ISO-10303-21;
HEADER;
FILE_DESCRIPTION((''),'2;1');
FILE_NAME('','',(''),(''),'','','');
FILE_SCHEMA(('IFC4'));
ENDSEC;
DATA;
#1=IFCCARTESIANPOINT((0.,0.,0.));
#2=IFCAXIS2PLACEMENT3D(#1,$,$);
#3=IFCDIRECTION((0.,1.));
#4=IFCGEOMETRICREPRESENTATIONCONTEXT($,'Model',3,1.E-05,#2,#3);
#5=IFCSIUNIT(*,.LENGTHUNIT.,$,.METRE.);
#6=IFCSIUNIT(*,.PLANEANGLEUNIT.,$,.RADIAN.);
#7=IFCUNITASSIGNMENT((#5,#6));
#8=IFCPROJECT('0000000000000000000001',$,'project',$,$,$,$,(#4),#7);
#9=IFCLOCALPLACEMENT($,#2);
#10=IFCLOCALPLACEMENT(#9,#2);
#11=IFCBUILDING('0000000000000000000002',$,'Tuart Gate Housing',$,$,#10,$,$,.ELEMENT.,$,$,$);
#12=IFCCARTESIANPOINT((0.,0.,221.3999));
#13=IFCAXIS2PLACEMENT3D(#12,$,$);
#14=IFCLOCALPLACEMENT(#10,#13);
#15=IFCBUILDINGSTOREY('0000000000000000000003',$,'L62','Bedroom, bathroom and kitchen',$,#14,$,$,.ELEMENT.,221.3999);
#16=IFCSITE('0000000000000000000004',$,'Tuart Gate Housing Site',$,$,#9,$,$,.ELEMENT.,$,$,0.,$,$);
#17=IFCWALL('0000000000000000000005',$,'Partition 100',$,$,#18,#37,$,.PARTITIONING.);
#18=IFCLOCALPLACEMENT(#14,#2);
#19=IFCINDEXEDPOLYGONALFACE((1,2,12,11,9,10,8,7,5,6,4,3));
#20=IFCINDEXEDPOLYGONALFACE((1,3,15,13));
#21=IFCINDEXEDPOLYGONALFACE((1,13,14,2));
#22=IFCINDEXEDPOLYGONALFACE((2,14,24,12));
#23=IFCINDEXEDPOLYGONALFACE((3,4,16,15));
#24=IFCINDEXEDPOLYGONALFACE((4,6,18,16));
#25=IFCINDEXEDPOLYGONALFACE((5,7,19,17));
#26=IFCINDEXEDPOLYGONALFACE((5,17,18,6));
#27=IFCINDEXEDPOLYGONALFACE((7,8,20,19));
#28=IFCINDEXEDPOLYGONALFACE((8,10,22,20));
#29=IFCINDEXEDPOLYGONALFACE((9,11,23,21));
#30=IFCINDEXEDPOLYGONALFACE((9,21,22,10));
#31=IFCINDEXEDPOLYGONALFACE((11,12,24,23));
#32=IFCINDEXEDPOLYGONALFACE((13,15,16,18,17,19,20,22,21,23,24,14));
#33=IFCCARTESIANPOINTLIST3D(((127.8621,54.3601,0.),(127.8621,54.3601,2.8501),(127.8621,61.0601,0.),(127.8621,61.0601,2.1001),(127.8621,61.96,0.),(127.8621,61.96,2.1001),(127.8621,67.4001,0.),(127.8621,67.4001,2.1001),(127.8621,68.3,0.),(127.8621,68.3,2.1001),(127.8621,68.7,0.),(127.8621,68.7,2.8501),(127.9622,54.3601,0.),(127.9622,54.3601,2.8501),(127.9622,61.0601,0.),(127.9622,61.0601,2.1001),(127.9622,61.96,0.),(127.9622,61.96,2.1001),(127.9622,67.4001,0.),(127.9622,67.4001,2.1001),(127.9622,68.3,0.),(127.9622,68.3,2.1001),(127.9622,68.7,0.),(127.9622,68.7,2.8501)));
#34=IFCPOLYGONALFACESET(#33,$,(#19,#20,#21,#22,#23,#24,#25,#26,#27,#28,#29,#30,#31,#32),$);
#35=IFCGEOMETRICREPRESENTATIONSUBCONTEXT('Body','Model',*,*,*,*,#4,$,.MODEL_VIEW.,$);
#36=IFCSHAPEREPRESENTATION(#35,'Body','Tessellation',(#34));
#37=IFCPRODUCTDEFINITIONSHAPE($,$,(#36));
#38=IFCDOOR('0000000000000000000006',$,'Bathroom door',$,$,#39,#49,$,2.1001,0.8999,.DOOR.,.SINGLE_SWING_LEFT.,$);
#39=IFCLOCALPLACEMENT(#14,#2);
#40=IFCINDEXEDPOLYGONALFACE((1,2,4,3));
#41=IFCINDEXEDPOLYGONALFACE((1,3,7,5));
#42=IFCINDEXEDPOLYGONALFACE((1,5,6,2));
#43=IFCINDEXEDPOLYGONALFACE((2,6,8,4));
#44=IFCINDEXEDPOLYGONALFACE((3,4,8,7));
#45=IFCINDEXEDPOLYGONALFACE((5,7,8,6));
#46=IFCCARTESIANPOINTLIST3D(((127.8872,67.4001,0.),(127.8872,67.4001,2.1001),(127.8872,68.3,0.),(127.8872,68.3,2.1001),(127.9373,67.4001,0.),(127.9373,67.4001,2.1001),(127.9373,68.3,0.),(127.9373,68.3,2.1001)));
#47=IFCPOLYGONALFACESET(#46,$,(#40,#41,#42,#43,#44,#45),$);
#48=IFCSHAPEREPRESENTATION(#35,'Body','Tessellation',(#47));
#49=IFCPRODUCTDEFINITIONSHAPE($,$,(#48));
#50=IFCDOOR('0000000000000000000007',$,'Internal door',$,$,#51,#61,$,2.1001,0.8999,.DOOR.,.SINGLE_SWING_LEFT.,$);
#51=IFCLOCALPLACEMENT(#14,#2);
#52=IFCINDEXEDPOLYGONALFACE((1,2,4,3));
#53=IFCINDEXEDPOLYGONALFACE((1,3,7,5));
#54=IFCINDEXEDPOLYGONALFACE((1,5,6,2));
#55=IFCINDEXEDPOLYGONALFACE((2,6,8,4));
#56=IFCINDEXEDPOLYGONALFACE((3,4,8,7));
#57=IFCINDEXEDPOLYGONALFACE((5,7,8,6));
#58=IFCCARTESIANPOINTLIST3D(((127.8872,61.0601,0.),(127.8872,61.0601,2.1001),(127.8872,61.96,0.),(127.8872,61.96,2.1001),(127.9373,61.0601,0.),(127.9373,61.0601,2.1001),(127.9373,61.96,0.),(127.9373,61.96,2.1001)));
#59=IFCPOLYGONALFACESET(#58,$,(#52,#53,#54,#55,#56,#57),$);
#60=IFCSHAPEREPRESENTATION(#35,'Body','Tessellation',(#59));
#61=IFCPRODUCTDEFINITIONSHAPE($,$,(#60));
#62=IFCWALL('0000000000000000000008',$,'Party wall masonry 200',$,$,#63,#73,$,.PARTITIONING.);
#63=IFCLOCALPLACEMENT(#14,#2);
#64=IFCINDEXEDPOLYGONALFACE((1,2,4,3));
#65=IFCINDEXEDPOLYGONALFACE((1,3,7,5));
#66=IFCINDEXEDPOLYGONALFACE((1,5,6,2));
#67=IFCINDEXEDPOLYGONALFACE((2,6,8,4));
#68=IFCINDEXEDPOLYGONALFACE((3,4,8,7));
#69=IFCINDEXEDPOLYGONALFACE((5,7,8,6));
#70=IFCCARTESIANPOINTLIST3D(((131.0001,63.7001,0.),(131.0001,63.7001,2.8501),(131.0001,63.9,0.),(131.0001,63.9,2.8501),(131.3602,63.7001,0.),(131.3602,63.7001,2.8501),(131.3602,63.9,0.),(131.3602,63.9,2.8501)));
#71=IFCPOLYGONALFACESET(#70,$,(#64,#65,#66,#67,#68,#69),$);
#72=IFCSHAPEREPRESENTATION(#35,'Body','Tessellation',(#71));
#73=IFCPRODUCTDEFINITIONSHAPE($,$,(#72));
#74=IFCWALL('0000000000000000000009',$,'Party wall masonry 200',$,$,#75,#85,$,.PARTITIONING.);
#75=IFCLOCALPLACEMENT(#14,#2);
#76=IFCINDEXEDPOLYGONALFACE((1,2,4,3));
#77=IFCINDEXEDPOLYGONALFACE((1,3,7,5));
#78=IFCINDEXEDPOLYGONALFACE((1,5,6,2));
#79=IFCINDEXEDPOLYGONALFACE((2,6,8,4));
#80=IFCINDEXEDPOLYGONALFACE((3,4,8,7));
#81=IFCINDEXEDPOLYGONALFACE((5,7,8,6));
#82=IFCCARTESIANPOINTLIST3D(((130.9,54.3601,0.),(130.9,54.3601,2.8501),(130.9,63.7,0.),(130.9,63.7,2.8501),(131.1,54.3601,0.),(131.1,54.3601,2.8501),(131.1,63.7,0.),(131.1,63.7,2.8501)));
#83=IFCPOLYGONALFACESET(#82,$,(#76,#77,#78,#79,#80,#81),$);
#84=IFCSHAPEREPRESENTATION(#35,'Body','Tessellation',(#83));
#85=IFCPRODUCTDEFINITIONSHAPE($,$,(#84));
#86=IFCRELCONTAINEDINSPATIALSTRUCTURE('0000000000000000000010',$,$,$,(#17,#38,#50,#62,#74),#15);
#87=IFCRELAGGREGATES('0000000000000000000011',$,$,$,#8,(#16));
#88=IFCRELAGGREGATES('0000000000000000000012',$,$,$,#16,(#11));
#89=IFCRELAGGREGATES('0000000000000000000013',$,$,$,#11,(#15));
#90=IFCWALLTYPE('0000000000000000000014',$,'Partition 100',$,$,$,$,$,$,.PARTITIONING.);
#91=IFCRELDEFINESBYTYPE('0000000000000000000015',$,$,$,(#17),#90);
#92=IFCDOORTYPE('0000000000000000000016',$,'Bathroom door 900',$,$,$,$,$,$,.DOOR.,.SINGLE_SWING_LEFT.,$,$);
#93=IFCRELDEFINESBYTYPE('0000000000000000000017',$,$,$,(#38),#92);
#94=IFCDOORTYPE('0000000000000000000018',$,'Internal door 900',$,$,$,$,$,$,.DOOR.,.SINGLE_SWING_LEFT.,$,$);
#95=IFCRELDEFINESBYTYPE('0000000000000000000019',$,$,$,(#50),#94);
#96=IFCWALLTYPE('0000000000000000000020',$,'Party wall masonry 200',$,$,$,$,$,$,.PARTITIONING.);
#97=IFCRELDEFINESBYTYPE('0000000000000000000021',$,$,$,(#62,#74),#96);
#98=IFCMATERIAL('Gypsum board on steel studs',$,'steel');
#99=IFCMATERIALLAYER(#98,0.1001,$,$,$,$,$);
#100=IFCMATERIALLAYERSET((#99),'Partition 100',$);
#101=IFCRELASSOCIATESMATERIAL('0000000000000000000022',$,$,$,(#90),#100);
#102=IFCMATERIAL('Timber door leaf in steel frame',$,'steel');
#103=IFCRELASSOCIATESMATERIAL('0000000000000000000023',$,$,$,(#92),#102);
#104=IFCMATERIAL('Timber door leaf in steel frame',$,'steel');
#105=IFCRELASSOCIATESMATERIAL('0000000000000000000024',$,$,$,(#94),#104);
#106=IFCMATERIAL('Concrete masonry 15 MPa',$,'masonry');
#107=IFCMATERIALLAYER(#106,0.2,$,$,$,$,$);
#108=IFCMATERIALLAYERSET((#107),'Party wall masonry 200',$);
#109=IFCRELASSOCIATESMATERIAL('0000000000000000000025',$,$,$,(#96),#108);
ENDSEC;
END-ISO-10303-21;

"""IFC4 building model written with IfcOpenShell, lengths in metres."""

from ifc_helpers import new_model, si_unit, direction, frame, frame_2d, origin, place, context, subcontext, project, spatial, rectangle, extrude, material, layer, layer_set, type_object, element, fill, save


model = new_model("IFC4")

# Units and contexts
model_context = context("Model", 3, precision=1e-05, world=origin(), true_north=direction((0.0, 1.0)))
body_context = subcontext(model_context, "Body", "Model", "MODEL_VIEW")
ifc_project = project(units=[si_unit("LENGTHUNIT", "METRE"), si_unit("PLANEANGLEUNIT", "RADIAN")], contexts=[model_context])

# Site, building, storey
site_placement = place(None, origin())
site = spatial("IfcSite", under=ifc_project, at=site_placement, Name="Tuart Gate Housing Site", CompositionType="ELEMENT", RefElevation=0.0)
building_placement = place(site_placement, origin())
building = spatial("IfcBuilding", under=site, at=building_placement, Name="Tuart Gate Housing", CompositionType="ELEMENT")
storey_placement = place(building_placement, frame((0.0, 0.0, 221.3999)))
storey = spatial("IfcBuildingStorey", under=building, at=storey_placement, Name="L62", Description="Bedroom, bathroom and kitchen", CompositionType="ELEMENT", Elevation=221.3999)

# Shared definitions
ifc_material_1 = material(Name="Gypsum board on steel studs", Category="steel")
ifc_layer_1 = layer(ifc_material_1, 0.1001)
ifc_layer_set_1 = layer_set([ifc_layer_1], Name="Partition 100")
wall_type_1 = type_object("IfcWallType", Name="Partition 100", PredefinedType="PARTITIONING", material=ifc_layer_set_1)

# Wall, openings, doors
wall_1_placement = place(storey_placement, frame((127.9121, 54.3601, 0.0), z_axis=(0.0, 0.0, 1.0), x_axis=(0.0, 1.0, 0.0)))
wall_1 = element("IfcWall", 1, at=wall_1_placement, inside=storey, type_object=wall_type_1, Name="Partition 100", PredefinedType="PARTITIONING", context=body_context, shape_type="SweptSolid", body=[
    extrude(rectangle(XDim=14.3398, YDim=0.1001, at=frame_2d((7.1699, 0.0))), origin(), (0.0, 0.0, 1.0), 2.8501),
])
opening_1_placement = place(wall_1_placement, frame((6.7, 0.0, 0.0)))
opening_1 = element("IfcOpeningElement", 2, at=opening_1_placement, cuts=wall_1, PredefinedType="OPENING", context=body_context, shape_type="SweptSolid", body=[
    extrude(rectangle(XDim=0.8999, YDim=2.1001, at=frame_2d((0.45, 1.05))), frame((0.0, 0.0601, 0.0), z_axis=(0.0, -1.0, 0.0), x_axis=(1.0, 0.0, 0.0)), (0.0, 0.0, 1.0), 0.1201),
])
opening_2_placement = place(wall_1_placement, frame((13.04, 0.0, 0.0)))
opening_2 = element("IfcOpeningElement", 3, at=opening_2_placement, cuts=wall_1, PredefinedType="OPENING", context=body_context, shape_type="SweptSolid", body=[
    extrude(rectangle(XDim=0.8999, YDim=2.1001, at=frame_2d((0.45, 1.05))), frame((0.0, 0.0601, 0.0), z_axis=(0.0, -1.0, 0.0), x_axis=(1.0, 0.0, 0.0)), (0.0, 0.0, 1.0), 0.1201),
])
ifc_material_2 = material(Name="Timber door leaf in steel frame", Category="steel")
door_type_1 = type_object("IfcDoorType", Name="Bathroom door 900", OperationType="SINGLE_SWING_LEFT", PredefinedType="DOOR", material=ifc_material_2)
door_1_placement = place(opening_2_placement, frame((0.8999, 0.0, 0.0), z_axis=(0.0, 0.0, 1.0), x_axis=(-1.0, 0.0, 0.0)))
door_1 = element("IfcDoor", 4, at=door_1_placement, inside=storey, type_object=door_type_1, Name="Bathroom door", OperationType="SINGLE_SWING_LEFT", OverallHeight=2.1001, OverallWidth=0.8999, PredefinedType="DOOR", context=body_context, shape_type="SweptSolid", body=[
    extrude(rectangle(XDim=0.8999, YDim=2.1001, at=frame_2d((0.45, 1.05))), frame((0.0, 0.0251, 0.0), z_axis=(0.0, -1.0, 0.0), x_axis=(1.0, 0.0, 0.0)), (0.0, 0.0, 1.0), 0.05),
])
fill(opening_2, door_1)
ifc_material_3 = material(Name="Timber door leaf in steel frame", Category="steel")
door_type_2 = type_object("IfcDoorType", Name="Internal door 900", OperationType="SINGLE_SWING_LEFT", PredefinedType="DOOR", material=ifc_material_3)
door_2_placement = place(opening_1_placement, frame((0.8999, 0.0, 0.0), z_axis=(0.0, 0.0, 1.0), x_axis=(-1.0, 0.0, 0.0)))
door_2 = element("IfcDoor", 5, at=door_2_placement, inside=storey, type_object=door_type_2, Name="Internal door", OperationType="SINGLE_SWING_LEFT", OverallHeight=2.1001, OverallWidth=0.8999, PredefinedType="DOOR", context=body_context, shape_type="SweptSolid", body=[
    extrude(rectangle(XDim=0.8999, YDim=2.1001, at=frame_2d((0.45, 1.05))), frame((0.0, 0.0251, 0.0), z_axis=(0.0, -1.0, 0.0), x_axis=(1.0, 0.0, 0.0)), (0.0, 0.0, 1.0), 0.05),
])
fill(opening_1, door_2)

# Walls
ifc_material_4 = material(Name="Concrete masonry 15 MPa", Category="masonry")
ifc_layer_2 = layer(ifc_material_4, 0.2)
ifc_layer_set_2 = layer_set([ifc_layer_2], Name="Party wall masonry 200")
wall_type_2 = type_object("IfcWallType", Name="Party wall masonry 200", PredefinedType="PARTITIONING", material=ifc_layer_set_2)
wall_2_placement = place(storey_placement, frame((131.0, 63.8, 0.0), z_axis=(0.0, 0.0, 1.0), x_axis=(1.0, 0.0, 0.0)))
element("IfcWall", 6, at=wall_2_placement, inside=storey, type_object=wall_type_2, Name="Party wall masonry 200", PredefinedType="PARTITIONING", context=body_context, shape_type="SweptSolid", body=[
    extrude(rectangle(XDim=0.3601, YDim=0.2, at=frame_2d((0.1802, 0.0))), origin(), (0.0, 0.0, 1.0), 2.8501),
])
wall_3_placement = place(storey_placement, frame((131.0, 54.3601, 0.0), z_axis=(0.0, 0.0, 1.0), x_axis=(0.0, 1.0, 0.0)))
element("IfcWall", 7, at=wall_3_placement, inside=storey, type_object=wall_type_2, Name="Party wall masonry 200", PredefinedType="PARTITIONING", context=body_context, shape_type="SweptSolid", body=[
    extrude(rectangle(XDim=9.3398, YDim=0.2, at=frame_2d((4.6699, 0.0))), origin(), (0.0, 0.0, 1.0), 2.8501),
])

save(model, "model.ifc")
